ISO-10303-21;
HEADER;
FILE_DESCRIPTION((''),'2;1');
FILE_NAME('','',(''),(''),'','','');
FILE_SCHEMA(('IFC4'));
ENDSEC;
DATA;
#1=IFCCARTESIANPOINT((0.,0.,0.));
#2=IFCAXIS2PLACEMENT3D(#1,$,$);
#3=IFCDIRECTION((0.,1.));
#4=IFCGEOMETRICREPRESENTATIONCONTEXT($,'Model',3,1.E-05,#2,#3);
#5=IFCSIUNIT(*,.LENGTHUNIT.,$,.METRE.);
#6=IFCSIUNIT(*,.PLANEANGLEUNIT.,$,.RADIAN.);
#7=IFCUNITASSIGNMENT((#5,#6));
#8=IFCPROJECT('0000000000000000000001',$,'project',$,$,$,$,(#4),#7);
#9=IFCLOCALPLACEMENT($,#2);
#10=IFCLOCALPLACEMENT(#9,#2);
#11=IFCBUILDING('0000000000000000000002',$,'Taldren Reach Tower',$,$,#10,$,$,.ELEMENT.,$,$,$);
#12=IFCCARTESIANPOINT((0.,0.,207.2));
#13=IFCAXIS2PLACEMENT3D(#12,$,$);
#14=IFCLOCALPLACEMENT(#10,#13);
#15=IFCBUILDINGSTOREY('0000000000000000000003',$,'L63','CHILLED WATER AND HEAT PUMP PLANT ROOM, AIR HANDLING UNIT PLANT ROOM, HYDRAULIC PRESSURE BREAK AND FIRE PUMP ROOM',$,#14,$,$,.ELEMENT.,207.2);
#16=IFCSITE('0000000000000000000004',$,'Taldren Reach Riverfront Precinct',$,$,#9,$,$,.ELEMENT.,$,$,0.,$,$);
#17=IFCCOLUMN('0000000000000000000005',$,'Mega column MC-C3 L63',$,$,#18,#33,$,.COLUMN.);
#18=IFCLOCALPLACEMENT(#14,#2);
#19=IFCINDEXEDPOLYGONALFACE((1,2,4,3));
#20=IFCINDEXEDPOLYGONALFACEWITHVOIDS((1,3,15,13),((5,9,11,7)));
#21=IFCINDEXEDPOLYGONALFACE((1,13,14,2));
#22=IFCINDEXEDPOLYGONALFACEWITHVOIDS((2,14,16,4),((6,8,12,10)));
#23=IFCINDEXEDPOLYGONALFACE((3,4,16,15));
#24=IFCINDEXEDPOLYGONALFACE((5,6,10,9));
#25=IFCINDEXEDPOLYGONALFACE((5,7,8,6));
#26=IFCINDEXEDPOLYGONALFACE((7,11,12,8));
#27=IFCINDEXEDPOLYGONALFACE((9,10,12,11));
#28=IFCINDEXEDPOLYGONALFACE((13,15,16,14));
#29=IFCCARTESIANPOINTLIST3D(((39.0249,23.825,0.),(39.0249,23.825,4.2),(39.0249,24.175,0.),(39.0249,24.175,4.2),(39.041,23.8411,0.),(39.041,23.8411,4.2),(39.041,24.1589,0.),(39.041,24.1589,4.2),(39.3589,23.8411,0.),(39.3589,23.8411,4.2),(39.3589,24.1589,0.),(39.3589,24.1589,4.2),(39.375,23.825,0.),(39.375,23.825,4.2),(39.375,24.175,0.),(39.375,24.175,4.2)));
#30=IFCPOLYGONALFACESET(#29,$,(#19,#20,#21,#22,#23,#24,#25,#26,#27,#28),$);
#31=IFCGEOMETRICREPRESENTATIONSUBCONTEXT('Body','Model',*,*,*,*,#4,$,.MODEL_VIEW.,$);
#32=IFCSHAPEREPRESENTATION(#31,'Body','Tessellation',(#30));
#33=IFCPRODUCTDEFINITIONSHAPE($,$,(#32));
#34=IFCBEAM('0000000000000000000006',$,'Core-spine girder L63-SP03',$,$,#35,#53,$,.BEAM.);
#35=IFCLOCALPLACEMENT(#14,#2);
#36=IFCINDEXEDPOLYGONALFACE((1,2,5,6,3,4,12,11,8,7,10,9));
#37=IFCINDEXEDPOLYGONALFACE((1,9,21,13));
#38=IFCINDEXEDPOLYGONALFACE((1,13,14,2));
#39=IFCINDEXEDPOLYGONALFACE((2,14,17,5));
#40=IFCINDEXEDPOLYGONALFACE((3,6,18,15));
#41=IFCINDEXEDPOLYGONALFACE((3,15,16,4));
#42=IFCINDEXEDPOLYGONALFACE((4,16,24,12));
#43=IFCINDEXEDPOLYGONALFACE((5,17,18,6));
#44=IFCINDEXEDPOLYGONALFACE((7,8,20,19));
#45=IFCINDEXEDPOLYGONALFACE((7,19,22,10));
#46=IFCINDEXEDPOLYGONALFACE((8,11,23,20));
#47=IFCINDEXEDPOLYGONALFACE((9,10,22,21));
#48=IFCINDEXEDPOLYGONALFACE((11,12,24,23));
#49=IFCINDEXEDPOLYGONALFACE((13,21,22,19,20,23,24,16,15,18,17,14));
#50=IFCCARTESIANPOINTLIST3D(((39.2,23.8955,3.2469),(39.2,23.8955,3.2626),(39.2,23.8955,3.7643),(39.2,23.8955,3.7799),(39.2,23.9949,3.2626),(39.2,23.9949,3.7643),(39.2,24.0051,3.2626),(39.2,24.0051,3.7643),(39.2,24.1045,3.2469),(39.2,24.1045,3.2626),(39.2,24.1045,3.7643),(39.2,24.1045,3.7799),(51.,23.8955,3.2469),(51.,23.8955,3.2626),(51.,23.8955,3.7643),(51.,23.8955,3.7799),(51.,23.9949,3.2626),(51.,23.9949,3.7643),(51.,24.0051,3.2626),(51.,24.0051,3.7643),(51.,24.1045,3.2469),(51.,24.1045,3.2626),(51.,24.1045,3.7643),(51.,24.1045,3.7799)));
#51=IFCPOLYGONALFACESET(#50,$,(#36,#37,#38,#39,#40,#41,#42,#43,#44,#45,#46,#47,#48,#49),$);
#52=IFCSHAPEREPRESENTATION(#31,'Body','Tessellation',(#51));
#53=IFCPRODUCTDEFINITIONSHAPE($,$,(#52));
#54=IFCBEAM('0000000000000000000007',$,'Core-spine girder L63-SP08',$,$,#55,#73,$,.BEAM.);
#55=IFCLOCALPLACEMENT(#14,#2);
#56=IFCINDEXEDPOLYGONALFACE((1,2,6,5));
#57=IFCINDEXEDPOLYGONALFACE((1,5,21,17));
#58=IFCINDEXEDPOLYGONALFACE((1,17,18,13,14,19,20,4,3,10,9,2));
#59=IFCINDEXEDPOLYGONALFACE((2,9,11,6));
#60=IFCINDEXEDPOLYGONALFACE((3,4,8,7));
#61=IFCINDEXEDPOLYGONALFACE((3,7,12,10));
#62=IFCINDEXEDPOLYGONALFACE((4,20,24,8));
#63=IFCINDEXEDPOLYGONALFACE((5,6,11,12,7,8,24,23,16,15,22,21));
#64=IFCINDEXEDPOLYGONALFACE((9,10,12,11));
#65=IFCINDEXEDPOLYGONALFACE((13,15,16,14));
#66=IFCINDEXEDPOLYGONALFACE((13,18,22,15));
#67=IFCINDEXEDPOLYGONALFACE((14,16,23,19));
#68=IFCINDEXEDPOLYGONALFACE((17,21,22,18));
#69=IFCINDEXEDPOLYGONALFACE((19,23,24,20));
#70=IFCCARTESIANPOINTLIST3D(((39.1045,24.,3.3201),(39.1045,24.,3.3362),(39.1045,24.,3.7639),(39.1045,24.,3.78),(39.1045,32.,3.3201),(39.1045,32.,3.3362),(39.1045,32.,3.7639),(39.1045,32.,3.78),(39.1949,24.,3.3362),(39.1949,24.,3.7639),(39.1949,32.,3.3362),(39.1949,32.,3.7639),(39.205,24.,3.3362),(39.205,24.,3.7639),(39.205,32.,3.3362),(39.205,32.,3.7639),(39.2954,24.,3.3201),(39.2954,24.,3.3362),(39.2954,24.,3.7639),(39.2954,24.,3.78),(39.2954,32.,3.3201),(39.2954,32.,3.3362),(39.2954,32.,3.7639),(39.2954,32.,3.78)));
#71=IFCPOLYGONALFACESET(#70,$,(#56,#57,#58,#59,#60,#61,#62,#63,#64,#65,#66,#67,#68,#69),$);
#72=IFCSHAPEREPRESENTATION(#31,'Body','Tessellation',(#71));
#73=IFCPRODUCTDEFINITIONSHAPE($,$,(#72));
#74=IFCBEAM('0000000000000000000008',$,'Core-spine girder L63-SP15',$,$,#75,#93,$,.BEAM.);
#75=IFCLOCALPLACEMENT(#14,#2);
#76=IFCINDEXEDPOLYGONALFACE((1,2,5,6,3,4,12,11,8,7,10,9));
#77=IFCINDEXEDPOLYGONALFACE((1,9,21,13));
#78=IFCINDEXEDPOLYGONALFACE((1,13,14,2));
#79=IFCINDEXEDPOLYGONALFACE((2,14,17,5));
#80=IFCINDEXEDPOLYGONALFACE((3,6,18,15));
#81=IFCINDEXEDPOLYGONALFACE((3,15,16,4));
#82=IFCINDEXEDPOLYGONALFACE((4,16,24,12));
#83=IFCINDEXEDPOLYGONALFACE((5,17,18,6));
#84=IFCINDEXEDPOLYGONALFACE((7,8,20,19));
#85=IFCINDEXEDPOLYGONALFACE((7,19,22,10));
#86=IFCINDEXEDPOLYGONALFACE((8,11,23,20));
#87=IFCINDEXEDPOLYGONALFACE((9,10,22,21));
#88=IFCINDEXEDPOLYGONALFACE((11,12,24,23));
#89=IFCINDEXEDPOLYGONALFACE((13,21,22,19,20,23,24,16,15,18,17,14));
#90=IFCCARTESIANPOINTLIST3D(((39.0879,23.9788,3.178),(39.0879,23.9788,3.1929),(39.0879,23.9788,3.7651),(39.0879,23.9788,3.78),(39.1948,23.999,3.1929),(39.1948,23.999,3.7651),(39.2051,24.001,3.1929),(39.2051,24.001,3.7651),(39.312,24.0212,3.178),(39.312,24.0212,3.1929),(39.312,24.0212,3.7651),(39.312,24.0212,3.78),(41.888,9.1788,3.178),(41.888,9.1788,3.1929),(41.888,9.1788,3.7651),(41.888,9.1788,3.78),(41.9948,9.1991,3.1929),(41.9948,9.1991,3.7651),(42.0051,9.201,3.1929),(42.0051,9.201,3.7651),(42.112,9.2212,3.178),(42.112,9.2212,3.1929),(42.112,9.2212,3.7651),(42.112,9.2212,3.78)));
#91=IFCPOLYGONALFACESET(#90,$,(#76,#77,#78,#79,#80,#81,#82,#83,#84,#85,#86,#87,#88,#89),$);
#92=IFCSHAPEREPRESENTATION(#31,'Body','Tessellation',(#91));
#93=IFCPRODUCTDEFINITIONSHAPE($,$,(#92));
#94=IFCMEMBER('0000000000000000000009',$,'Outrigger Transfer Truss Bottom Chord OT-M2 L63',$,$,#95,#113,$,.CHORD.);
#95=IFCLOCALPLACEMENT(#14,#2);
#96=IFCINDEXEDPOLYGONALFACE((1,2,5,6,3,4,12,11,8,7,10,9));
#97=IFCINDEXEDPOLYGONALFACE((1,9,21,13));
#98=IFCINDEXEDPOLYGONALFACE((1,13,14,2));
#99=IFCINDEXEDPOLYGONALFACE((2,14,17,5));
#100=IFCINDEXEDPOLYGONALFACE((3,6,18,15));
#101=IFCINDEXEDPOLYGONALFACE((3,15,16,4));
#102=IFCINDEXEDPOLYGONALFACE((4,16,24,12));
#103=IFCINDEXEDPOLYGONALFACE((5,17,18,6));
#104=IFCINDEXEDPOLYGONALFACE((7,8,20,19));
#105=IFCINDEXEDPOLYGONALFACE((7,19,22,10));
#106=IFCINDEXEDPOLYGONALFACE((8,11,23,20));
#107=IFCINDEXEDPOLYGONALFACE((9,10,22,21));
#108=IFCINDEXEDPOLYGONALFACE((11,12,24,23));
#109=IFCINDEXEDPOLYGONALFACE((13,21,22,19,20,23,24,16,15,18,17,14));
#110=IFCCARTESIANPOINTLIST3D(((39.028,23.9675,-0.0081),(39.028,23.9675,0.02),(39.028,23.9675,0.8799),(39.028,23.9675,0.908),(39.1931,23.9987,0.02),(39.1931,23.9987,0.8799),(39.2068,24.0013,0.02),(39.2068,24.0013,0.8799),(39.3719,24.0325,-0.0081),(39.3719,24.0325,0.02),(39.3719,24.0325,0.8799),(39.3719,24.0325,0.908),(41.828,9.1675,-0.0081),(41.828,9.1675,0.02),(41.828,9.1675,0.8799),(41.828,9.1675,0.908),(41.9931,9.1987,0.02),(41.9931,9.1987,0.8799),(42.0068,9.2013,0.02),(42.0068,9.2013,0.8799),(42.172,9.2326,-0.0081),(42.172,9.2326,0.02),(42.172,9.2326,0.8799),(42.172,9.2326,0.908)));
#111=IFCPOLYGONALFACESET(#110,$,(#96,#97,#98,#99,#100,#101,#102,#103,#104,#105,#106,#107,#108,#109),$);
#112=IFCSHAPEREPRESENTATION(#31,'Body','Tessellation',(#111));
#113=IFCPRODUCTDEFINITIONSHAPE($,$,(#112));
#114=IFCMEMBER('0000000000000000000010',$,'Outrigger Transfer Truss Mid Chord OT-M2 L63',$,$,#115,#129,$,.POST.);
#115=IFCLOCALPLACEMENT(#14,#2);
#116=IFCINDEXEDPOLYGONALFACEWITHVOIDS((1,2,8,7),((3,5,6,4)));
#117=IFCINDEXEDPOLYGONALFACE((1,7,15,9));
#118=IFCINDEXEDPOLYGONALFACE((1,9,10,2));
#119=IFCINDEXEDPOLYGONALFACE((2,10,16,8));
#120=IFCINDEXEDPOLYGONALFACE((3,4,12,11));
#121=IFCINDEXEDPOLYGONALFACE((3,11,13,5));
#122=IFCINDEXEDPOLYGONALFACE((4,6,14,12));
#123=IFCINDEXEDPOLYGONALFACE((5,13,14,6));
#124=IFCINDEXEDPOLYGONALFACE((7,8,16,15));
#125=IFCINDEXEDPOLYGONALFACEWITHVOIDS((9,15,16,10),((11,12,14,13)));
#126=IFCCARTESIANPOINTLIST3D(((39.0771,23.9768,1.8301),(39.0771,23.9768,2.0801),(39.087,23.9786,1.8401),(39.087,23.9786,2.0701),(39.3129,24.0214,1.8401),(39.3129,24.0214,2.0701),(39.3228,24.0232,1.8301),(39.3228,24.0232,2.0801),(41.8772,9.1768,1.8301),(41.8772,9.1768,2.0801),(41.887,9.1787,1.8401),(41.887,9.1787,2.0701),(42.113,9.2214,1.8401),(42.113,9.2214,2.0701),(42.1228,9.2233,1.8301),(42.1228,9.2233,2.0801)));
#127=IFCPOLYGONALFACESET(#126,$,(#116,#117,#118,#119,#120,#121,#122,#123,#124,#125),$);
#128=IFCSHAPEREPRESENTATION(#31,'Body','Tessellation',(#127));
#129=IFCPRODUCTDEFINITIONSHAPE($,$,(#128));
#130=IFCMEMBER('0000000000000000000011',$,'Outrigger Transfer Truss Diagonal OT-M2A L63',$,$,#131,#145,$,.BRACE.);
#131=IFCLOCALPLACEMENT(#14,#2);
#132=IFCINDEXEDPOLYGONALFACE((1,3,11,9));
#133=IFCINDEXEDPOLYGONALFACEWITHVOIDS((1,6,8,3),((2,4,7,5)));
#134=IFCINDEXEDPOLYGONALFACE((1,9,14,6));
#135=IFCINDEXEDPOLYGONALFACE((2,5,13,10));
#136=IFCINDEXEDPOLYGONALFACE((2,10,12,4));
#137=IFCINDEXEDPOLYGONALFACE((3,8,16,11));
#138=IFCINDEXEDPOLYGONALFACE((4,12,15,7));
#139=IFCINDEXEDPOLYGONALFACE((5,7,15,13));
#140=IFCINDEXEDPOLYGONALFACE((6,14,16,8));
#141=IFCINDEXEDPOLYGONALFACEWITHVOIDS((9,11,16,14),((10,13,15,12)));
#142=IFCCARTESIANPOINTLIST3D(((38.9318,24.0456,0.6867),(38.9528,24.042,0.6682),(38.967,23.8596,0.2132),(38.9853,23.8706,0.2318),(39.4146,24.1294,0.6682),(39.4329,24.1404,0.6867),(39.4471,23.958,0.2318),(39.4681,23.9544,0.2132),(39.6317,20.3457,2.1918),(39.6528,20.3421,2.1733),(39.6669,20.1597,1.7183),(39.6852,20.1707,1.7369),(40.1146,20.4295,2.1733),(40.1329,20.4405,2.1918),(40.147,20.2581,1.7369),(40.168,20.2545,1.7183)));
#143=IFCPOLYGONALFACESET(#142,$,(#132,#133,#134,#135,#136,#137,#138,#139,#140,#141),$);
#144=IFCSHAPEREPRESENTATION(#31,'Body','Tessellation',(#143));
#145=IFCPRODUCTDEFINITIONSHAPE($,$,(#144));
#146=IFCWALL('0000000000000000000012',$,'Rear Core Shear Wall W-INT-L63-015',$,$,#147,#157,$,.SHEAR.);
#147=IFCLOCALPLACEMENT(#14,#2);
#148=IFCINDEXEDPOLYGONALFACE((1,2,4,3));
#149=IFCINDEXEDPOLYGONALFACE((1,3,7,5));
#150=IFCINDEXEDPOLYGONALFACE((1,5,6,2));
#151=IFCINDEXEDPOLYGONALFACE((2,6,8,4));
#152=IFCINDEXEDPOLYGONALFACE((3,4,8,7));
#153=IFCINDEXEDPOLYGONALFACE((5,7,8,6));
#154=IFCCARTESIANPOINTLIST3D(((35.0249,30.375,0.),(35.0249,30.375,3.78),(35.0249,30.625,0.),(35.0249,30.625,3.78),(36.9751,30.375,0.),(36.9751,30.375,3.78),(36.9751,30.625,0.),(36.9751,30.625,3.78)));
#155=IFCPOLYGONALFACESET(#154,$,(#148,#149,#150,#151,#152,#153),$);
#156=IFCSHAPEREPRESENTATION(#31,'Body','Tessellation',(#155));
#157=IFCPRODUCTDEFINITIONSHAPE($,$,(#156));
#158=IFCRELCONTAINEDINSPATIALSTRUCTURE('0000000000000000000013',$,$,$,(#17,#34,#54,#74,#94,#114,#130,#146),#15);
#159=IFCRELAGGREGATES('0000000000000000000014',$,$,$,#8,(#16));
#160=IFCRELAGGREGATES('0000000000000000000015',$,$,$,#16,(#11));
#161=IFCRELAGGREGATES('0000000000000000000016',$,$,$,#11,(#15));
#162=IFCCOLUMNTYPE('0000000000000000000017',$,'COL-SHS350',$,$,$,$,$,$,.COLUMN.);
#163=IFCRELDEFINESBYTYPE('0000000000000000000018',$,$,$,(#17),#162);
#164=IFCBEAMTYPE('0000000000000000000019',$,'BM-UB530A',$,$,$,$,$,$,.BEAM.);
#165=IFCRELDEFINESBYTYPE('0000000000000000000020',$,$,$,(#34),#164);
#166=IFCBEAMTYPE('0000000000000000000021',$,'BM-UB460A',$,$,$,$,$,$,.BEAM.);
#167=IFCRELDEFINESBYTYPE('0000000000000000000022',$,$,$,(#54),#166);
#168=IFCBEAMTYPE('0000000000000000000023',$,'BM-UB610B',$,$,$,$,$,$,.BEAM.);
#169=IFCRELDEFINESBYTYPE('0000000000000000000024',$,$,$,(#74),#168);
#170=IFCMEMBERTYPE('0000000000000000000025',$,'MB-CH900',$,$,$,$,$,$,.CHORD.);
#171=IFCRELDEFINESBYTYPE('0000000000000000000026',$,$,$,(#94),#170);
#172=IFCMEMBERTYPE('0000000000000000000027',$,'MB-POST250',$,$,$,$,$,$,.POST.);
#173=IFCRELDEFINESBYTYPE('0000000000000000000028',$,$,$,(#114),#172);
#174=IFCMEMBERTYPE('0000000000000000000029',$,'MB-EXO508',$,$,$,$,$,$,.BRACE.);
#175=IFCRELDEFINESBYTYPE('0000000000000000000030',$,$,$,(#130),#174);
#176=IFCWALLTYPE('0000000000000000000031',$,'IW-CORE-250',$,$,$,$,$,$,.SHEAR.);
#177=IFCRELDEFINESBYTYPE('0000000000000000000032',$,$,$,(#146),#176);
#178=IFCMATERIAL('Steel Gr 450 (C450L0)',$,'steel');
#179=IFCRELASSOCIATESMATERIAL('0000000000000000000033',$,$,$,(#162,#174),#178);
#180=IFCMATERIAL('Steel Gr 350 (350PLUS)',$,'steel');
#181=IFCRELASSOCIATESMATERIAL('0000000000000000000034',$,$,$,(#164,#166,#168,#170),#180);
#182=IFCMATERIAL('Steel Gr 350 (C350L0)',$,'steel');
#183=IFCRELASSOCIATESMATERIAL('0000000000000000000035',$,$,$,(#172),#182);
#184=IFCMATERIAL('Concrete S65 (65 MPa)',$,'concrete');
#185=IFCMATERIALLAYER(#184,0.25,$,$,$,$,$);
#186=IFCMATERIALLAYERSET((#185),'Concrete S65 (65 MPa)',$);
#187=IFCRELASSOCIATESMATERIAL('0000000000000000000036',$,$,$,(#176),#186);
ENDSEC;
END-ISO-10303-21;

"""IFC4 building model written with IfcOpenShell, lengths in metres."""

from ifc_helpers import new_model, si_unit, direction, frame, frame_2d, origin, origin_2d, place, context, subcontext, project, spatial, rectangle, hollow_rectangle, i_section, extrude, source, transform, mapped, material, layer, layer_set, material_profile, profile_set, type_object, element, save


model = new_model("IFC4")

# Units and contexts
model_context = context("Model", 3, precision=1e-05, world=origin(), true_north=direction((0.0, 1.0)))
body_context = subcontext(model_context, "Body", "Model", "MODEL_VIEW")
ifc_project = project(units=[si_unit("LENGTHUNIT", "METRE"), si_unit("PLANEANGLEUNIT", "RADIAN")], contexts=[model_context])

# Site, building, storey
site_placement = place(None, origin())
site = spatial("IfcSite", under=ifc_project, at=site_placement, Name="Taldren Reach Riverfront Precinct", CompositionType="ELEMENT", RefElevation=0.0)
building_placement = place(site_placement, origin())
building = spatial("IfcBuilding", under=site, at=building_placement, Name="Taldren Reach Tower", CompositionType="ELEMENT")
storey_placement = place(building_placement, frame((0.0, 0.0, 207.2)))
storey = spatial("IfcBuildingStorey", under=building, at=storey_placement, Name="L63", Description="CHILLED WATER AND HEAT PUMP PLANT ROOM, AIR HANDLING UNIT PLANT ROOM, HYDRAULIC PRESSURE BREAK AND FIRE PUMP ROOM", CompositionType="ELEMENT", Elevation=207.2)

# Column
ifc_material_1 = material(Name="Steel Gr 450 (C450L0)", Category="steel")
ifc_material_profile_1 = material_profile(ifc_material_1, hollow_rectangle(XDim=0.3501, YDim=0.3501, WallThickness=0.0161, at=origin_2d()), Name="350x350x16.0SHS")
ifc_profile_set_1 = profile_set([ifc_material_profile_1], Name="Steel Gr 450 (C450L0)")
column_type = type_object("IfcColumnType", Name="COL-SHS350", PredefinedType="COLUMN", material=ifc_profile_set_1)
shared_shape_1 = source(origin(), body_context, "Body", "SweptSolid", [
    extrude(hollow_rectangle(XDim=0.3501, YDim=0.3501, WallThickness=0.0161, at=origin_2d()), origin(), (0.0, 0.0, 1.0), 4.2),
])
column_placement = place(storey_placement, frame((39.2, 24.0, 0.0), z_axis=(0.0, 0.0, 1.0), x_axis=(1.0, 0.0, 0.0)))
element("IfcColumn", 1, at=column_placement, inside=storey, type_object=column_type, Name="Mega column MC-C3 L63", PredefinedType="COLUMN", context=body_context, shape_type="MappedRepresentation", body=[
    mapped(shared_shape_1, transform((0.0, 0.0, 0.0), scale=1.0)),
])

# Beams
ifc_material_2 = material(Name="Steel Gr 350 (350PLUS)", Category="steel")
ifc_material_profile_2 = material_profile(ifc_material_2, i_section(OverallWidth=0.209, OverallDepth=0.533, WebThickness=0.0103, FlangeThickness=0.0156, at=origin_2d()), Name="530UB92.4")
ifc_profile_set_2 = profile_set([ifc_material_profile_2], Name="Steel Gr 350 (350PLUS)")
beam_type_1 = type_object("IfcBeamType", Name="BM-UB530A", PredefinedType="BEAM", material=ifc_profile_set_2)
shared_shape_2 = source(origin(), body_context, "Body", "SweptSolid", [
    extrude(i_section(OverallWidth=0.209, OverallDepth=0.533, WebThickness=0.0103, FlangeThickness=0.0156, at=origin_2d()), origin(), (0.0, 0.0, 1.0), 11.8),
])
beam_1_placement = place(storey_placement, frame((39.2, 24.0, 3.5134), z_axis=(1.0, 0.0, 0.0), x_axis=(0.0, 1.0, 0.0)))
element("IfcBeam", 2, at=beam_1_placement, inside=storey, type_object=beam_type_1, Name="Core-spine girder L63-SP03", PredefinedType="BEAM", context=body_context, shape_type="MappedRepresentation", body=[
    mapped(shared_shape_2, transform((0.0, 0.0, 0.0), scale=1.0)),
])
ifc_material_profile_3 = material_profile(ifc_material_2, i_section(OverallWidth=0.1909, OverallDepth=0.46, WebThickness=0.01, FlangeThickness=0.0161, at=origin_2d()), Name="460UB82.1")
ifc_profile_set_3 = profile_set([ifc_material_profile_3], Name="Steel Gr 350 (350PLUS)")
beam_type_2 = type_object("IfcBeamType", Name="BM-UB460A", PredefinedType="BEAM", material=ifc_profile_set_3)
shared_shape_3 = source(origin(), body_context, "Body", "SweptSolid", [
    extrude(i_section(OverallWidth=0.1909, OverallDepth=0.46, WebThickness=0.01, FlangeThickness=0.0161, at=origin_2d()), origin(), (0.0, 0.0, 1.0), 8.0),
])
beam_2_placement = place(storey_placement, frame((39.2, 24.0, 3.55), z_axis=(0.0, 1.0, 0.0), x_axis=(-1.0, 0.0, 0.0)))
element("IfcBeam", 3, at=beam_2_placement, inside=storey, type_object=beam_type_2, Name="Core-spine girder L63-SP08", PredefinedType="BEAM", context=body_context, shape_type="MappedRepresentation", body=[
    mapped(shared_shape_3, transform((0.0, 0.0, 0.0), scale=1.0)),
])
ifc_material_profile_4 = material_profile(ifc_material_2, i_section(OverallWidth=0.228, OverallDepth=0.6021, WebThickness=0.0105, FlangeThickness=0.0149, at=origin_2d()), Name="610UB101")
ifc_profile_set_4 = profile_set([ifc_material_profile_4], Name="Steel Gr 350 (350PLUS)")
beam_type_3 = type_object("IfcBeamType", Name="BM-UB610B", PredefinedType="BEAM", material=ifc_profile_set_4)
shared_shape_4 = source(origin(), body_context, "Body", "SweptSolid", [
    extrude(i_section(OverallWidth=0.228, OverallDepth=0.6021, WebThickness=0.0105, FlangeThickness=0.0149, at=origin_2d()), origin(), (0.0, 0.0, 1.0), 15.0625),
])
beam_3_placement = place(storey_placement, frame((39.2, 24.0, 3.479), z_axis=(0.185894, -0.98257, 0.0), x_axis=(0.98257, 0.185894, 0.0)))
element("IfcBeam", 4, at=beam_3_placement, inside=storey, type_object=beam_type_3, Name="Core-spine girder L63-SP15", PredefinedType="BEAM", context=body_context, shape_type="MappedRepresentation", body=[
    mapped(shared_shape_4, transform((0.0, 0.0, 0.0), scale=1.0)),
])

# Members
ifc_material_profile_5 = material_profile(ifc_material_2, i_section(OverallWidth=0.3501, OverallDepth=0.916, WebThickness=0.0139, FlangeThickness=0.0281, at=origin_2d()), Name="900WB257")
ifc_profile_set_5 = profile_set([ifc_material_profile_5], Name="Steel Gr 350 (350PLUS)")
member_type_1 = type_object("IfcMemberType", Name="MB-CH900", PredefinedType="CHORD", material=ifc_profile_set_5)
shared_shape_5 = source(origin(), body_context, "Body", "SweptSolid", [
    extrude(i_section(OverallWidth=0.3501, OverallDepth=0.916, WebThickness=0.0139, FlangeThickness=0.0281, at=origin_2d()), origin(), (0.0, 0.0, 1.0), 15.0625),
])
member_1_placement = place(storey_placement, frame((39.2, 24.0, 0.45), z_axis=(0.185894, -0.98257, 0.0), x_axis=(0.98257, 0.185894, 0.0)))
element("IfcMember", 5, at=member_1_placement, inside=storey, type_object=member_type_1, Name="Outrigger Transfer Truss Bottom Chord OT-M2 L63", PredefinedType="CHORD", context=body_context, shape_type="MappedRepresentation", body=[
    mapped(shared_shape_5, transform((0.0, 0.0, 0.0), scale=1.0)),
])
ifc_material_3 = material(Name="Steel Gr 350 (C350L0)", Category="steel")
ifc_material_profile_6 = material_profile(ifc_material_3, hollow_rectangle(XDim=0.25, YDim=0.25, WallThickness=0.01, at=origin_2d()), Name="250x250x10.0SHS")
ifc_profile_set_6 = profile_set([ifc_material_profile_6], Name="Steel Gr 350 (C350L0)")
member_type_2 = type_object("IfcMemberType", Name="MB-POST250", PredefinedType="POST", material=ifc_profile_set_6)
shared_shape_6 = source(origin(), body_context, "Body", "SweptSolid", [
    extrude(hollow_rectangle(XDim=0.25, YDim=0.25, WallThickness=0.01, at=origin_2d()), origin(), (0.0, 0.0, 1.0), 15.0625),
])
member_2_placement = place(storey_placement, frame((39.2, 24.0, 1.9551), z_axis=(0.185894, -0.98257, 0.0), x_axis=(0.98257, 0.185894, 0.0)))
element("IfcMember", 6, at=member_2_placement, inside=storey, type_object=member_type_2, Name="Outrigger Transfer Truss Mid Chord OT-M2 L63", PredefinedType="POST", context=body_context, shape_type="MappedRepresentation", body=[
    mapped(shared_shape_6, transform((0.0, 0.0, 0.0), scale=1.0)),
])
ifc_material_profile_7 = material_profile(ifc_material_1, hollow_rectangle(XDim=0.51, YDim=0.51, WallThickness=0.02, at=origin_2d()), Name="510x510x20.0SHS")
ifc_profile_set_7 = profile_set([ifc_material_profile_7], Name="Steel Gr 450 (C450L0)")
member_type_3 = type_object("IfcMemberType", Name="MB-EXO508", PredefinedType="BRACE", material=ifc_profile_set_7)
shared_shape_7 = source(origin(), body_context, "Body", "SweptSolid", [
    extrude(hollow_rectangle(XDim=0.51, YDim=0.51, WallThickness=0.02, at=origin_2d()), origin(), (0.0, 0.0, 1.0), 4.0552),
])
member_3_placement = place(storey_placement, frame((39.2, 24.0, 0.45), z_axis=(0.172604, -0.912388, 0.371156), x_axis=(0.982572, 0.185882, 0.0)))
element("IfcMember", 7, at=member_3_placement, inside=storey, type_object=member_type_3, Name="Outrigger Transfer Truss Diagonal OT-M2A L63", PredefinedType="BRACE", context=body_context, shape_type="MappedRepresentation", body=[
    mapped(shared_shape_7, transform((0.0, 0.0, 0.0), scale=1.0)),
])

# Wall
ifc_material_4 = material(Name="Concrete S65 (65 MPa)", Category="concrete")
ifc_layer_1 = layer(ifc_material_4, 0.25)
ifc_layer_set_1 = layer_set([ifc_layer_1], Name="Concrete S65 (65 MPa)")
wall_type_1 = type_object("IfcWallType", Name="IW-CORE-250", PredefinedType="SHEAR", material=ifc_layer_set_1)
shared_shape_8 = source(origin(), body_context, "Body", "SweptSolid", [
    extrude(rectangle(XDim=1.9502, YDim=0.25, at=frame_2d((0.9751, 0.0))), origin(), (0.0, 0.0, 1.0), 3.78),
])
for number, where, z_axis, x_axis, name in (
    (8, (35.0249, 30.5, 0.0), (0.0, 0.0, 1.0), (1.0, 0.0, 0.0), "Rear Core Shear Wall W-INT-L63-015"),
):
    element("IfcWall", number, at=place(storey_placement, frame(where, z_axis=z_axis, x_axis=x_axis)), inside=storey, type_object=wall_type_1, Name=name, PredefinedType="SHEAR", context=body_context, shape_type="MappedRepresentation", body=[
        mapped(shared_shape_8, transform((0.0, 0.0, 0.0), scale=1.0)),
    ])

save(model, "model.ifc")
